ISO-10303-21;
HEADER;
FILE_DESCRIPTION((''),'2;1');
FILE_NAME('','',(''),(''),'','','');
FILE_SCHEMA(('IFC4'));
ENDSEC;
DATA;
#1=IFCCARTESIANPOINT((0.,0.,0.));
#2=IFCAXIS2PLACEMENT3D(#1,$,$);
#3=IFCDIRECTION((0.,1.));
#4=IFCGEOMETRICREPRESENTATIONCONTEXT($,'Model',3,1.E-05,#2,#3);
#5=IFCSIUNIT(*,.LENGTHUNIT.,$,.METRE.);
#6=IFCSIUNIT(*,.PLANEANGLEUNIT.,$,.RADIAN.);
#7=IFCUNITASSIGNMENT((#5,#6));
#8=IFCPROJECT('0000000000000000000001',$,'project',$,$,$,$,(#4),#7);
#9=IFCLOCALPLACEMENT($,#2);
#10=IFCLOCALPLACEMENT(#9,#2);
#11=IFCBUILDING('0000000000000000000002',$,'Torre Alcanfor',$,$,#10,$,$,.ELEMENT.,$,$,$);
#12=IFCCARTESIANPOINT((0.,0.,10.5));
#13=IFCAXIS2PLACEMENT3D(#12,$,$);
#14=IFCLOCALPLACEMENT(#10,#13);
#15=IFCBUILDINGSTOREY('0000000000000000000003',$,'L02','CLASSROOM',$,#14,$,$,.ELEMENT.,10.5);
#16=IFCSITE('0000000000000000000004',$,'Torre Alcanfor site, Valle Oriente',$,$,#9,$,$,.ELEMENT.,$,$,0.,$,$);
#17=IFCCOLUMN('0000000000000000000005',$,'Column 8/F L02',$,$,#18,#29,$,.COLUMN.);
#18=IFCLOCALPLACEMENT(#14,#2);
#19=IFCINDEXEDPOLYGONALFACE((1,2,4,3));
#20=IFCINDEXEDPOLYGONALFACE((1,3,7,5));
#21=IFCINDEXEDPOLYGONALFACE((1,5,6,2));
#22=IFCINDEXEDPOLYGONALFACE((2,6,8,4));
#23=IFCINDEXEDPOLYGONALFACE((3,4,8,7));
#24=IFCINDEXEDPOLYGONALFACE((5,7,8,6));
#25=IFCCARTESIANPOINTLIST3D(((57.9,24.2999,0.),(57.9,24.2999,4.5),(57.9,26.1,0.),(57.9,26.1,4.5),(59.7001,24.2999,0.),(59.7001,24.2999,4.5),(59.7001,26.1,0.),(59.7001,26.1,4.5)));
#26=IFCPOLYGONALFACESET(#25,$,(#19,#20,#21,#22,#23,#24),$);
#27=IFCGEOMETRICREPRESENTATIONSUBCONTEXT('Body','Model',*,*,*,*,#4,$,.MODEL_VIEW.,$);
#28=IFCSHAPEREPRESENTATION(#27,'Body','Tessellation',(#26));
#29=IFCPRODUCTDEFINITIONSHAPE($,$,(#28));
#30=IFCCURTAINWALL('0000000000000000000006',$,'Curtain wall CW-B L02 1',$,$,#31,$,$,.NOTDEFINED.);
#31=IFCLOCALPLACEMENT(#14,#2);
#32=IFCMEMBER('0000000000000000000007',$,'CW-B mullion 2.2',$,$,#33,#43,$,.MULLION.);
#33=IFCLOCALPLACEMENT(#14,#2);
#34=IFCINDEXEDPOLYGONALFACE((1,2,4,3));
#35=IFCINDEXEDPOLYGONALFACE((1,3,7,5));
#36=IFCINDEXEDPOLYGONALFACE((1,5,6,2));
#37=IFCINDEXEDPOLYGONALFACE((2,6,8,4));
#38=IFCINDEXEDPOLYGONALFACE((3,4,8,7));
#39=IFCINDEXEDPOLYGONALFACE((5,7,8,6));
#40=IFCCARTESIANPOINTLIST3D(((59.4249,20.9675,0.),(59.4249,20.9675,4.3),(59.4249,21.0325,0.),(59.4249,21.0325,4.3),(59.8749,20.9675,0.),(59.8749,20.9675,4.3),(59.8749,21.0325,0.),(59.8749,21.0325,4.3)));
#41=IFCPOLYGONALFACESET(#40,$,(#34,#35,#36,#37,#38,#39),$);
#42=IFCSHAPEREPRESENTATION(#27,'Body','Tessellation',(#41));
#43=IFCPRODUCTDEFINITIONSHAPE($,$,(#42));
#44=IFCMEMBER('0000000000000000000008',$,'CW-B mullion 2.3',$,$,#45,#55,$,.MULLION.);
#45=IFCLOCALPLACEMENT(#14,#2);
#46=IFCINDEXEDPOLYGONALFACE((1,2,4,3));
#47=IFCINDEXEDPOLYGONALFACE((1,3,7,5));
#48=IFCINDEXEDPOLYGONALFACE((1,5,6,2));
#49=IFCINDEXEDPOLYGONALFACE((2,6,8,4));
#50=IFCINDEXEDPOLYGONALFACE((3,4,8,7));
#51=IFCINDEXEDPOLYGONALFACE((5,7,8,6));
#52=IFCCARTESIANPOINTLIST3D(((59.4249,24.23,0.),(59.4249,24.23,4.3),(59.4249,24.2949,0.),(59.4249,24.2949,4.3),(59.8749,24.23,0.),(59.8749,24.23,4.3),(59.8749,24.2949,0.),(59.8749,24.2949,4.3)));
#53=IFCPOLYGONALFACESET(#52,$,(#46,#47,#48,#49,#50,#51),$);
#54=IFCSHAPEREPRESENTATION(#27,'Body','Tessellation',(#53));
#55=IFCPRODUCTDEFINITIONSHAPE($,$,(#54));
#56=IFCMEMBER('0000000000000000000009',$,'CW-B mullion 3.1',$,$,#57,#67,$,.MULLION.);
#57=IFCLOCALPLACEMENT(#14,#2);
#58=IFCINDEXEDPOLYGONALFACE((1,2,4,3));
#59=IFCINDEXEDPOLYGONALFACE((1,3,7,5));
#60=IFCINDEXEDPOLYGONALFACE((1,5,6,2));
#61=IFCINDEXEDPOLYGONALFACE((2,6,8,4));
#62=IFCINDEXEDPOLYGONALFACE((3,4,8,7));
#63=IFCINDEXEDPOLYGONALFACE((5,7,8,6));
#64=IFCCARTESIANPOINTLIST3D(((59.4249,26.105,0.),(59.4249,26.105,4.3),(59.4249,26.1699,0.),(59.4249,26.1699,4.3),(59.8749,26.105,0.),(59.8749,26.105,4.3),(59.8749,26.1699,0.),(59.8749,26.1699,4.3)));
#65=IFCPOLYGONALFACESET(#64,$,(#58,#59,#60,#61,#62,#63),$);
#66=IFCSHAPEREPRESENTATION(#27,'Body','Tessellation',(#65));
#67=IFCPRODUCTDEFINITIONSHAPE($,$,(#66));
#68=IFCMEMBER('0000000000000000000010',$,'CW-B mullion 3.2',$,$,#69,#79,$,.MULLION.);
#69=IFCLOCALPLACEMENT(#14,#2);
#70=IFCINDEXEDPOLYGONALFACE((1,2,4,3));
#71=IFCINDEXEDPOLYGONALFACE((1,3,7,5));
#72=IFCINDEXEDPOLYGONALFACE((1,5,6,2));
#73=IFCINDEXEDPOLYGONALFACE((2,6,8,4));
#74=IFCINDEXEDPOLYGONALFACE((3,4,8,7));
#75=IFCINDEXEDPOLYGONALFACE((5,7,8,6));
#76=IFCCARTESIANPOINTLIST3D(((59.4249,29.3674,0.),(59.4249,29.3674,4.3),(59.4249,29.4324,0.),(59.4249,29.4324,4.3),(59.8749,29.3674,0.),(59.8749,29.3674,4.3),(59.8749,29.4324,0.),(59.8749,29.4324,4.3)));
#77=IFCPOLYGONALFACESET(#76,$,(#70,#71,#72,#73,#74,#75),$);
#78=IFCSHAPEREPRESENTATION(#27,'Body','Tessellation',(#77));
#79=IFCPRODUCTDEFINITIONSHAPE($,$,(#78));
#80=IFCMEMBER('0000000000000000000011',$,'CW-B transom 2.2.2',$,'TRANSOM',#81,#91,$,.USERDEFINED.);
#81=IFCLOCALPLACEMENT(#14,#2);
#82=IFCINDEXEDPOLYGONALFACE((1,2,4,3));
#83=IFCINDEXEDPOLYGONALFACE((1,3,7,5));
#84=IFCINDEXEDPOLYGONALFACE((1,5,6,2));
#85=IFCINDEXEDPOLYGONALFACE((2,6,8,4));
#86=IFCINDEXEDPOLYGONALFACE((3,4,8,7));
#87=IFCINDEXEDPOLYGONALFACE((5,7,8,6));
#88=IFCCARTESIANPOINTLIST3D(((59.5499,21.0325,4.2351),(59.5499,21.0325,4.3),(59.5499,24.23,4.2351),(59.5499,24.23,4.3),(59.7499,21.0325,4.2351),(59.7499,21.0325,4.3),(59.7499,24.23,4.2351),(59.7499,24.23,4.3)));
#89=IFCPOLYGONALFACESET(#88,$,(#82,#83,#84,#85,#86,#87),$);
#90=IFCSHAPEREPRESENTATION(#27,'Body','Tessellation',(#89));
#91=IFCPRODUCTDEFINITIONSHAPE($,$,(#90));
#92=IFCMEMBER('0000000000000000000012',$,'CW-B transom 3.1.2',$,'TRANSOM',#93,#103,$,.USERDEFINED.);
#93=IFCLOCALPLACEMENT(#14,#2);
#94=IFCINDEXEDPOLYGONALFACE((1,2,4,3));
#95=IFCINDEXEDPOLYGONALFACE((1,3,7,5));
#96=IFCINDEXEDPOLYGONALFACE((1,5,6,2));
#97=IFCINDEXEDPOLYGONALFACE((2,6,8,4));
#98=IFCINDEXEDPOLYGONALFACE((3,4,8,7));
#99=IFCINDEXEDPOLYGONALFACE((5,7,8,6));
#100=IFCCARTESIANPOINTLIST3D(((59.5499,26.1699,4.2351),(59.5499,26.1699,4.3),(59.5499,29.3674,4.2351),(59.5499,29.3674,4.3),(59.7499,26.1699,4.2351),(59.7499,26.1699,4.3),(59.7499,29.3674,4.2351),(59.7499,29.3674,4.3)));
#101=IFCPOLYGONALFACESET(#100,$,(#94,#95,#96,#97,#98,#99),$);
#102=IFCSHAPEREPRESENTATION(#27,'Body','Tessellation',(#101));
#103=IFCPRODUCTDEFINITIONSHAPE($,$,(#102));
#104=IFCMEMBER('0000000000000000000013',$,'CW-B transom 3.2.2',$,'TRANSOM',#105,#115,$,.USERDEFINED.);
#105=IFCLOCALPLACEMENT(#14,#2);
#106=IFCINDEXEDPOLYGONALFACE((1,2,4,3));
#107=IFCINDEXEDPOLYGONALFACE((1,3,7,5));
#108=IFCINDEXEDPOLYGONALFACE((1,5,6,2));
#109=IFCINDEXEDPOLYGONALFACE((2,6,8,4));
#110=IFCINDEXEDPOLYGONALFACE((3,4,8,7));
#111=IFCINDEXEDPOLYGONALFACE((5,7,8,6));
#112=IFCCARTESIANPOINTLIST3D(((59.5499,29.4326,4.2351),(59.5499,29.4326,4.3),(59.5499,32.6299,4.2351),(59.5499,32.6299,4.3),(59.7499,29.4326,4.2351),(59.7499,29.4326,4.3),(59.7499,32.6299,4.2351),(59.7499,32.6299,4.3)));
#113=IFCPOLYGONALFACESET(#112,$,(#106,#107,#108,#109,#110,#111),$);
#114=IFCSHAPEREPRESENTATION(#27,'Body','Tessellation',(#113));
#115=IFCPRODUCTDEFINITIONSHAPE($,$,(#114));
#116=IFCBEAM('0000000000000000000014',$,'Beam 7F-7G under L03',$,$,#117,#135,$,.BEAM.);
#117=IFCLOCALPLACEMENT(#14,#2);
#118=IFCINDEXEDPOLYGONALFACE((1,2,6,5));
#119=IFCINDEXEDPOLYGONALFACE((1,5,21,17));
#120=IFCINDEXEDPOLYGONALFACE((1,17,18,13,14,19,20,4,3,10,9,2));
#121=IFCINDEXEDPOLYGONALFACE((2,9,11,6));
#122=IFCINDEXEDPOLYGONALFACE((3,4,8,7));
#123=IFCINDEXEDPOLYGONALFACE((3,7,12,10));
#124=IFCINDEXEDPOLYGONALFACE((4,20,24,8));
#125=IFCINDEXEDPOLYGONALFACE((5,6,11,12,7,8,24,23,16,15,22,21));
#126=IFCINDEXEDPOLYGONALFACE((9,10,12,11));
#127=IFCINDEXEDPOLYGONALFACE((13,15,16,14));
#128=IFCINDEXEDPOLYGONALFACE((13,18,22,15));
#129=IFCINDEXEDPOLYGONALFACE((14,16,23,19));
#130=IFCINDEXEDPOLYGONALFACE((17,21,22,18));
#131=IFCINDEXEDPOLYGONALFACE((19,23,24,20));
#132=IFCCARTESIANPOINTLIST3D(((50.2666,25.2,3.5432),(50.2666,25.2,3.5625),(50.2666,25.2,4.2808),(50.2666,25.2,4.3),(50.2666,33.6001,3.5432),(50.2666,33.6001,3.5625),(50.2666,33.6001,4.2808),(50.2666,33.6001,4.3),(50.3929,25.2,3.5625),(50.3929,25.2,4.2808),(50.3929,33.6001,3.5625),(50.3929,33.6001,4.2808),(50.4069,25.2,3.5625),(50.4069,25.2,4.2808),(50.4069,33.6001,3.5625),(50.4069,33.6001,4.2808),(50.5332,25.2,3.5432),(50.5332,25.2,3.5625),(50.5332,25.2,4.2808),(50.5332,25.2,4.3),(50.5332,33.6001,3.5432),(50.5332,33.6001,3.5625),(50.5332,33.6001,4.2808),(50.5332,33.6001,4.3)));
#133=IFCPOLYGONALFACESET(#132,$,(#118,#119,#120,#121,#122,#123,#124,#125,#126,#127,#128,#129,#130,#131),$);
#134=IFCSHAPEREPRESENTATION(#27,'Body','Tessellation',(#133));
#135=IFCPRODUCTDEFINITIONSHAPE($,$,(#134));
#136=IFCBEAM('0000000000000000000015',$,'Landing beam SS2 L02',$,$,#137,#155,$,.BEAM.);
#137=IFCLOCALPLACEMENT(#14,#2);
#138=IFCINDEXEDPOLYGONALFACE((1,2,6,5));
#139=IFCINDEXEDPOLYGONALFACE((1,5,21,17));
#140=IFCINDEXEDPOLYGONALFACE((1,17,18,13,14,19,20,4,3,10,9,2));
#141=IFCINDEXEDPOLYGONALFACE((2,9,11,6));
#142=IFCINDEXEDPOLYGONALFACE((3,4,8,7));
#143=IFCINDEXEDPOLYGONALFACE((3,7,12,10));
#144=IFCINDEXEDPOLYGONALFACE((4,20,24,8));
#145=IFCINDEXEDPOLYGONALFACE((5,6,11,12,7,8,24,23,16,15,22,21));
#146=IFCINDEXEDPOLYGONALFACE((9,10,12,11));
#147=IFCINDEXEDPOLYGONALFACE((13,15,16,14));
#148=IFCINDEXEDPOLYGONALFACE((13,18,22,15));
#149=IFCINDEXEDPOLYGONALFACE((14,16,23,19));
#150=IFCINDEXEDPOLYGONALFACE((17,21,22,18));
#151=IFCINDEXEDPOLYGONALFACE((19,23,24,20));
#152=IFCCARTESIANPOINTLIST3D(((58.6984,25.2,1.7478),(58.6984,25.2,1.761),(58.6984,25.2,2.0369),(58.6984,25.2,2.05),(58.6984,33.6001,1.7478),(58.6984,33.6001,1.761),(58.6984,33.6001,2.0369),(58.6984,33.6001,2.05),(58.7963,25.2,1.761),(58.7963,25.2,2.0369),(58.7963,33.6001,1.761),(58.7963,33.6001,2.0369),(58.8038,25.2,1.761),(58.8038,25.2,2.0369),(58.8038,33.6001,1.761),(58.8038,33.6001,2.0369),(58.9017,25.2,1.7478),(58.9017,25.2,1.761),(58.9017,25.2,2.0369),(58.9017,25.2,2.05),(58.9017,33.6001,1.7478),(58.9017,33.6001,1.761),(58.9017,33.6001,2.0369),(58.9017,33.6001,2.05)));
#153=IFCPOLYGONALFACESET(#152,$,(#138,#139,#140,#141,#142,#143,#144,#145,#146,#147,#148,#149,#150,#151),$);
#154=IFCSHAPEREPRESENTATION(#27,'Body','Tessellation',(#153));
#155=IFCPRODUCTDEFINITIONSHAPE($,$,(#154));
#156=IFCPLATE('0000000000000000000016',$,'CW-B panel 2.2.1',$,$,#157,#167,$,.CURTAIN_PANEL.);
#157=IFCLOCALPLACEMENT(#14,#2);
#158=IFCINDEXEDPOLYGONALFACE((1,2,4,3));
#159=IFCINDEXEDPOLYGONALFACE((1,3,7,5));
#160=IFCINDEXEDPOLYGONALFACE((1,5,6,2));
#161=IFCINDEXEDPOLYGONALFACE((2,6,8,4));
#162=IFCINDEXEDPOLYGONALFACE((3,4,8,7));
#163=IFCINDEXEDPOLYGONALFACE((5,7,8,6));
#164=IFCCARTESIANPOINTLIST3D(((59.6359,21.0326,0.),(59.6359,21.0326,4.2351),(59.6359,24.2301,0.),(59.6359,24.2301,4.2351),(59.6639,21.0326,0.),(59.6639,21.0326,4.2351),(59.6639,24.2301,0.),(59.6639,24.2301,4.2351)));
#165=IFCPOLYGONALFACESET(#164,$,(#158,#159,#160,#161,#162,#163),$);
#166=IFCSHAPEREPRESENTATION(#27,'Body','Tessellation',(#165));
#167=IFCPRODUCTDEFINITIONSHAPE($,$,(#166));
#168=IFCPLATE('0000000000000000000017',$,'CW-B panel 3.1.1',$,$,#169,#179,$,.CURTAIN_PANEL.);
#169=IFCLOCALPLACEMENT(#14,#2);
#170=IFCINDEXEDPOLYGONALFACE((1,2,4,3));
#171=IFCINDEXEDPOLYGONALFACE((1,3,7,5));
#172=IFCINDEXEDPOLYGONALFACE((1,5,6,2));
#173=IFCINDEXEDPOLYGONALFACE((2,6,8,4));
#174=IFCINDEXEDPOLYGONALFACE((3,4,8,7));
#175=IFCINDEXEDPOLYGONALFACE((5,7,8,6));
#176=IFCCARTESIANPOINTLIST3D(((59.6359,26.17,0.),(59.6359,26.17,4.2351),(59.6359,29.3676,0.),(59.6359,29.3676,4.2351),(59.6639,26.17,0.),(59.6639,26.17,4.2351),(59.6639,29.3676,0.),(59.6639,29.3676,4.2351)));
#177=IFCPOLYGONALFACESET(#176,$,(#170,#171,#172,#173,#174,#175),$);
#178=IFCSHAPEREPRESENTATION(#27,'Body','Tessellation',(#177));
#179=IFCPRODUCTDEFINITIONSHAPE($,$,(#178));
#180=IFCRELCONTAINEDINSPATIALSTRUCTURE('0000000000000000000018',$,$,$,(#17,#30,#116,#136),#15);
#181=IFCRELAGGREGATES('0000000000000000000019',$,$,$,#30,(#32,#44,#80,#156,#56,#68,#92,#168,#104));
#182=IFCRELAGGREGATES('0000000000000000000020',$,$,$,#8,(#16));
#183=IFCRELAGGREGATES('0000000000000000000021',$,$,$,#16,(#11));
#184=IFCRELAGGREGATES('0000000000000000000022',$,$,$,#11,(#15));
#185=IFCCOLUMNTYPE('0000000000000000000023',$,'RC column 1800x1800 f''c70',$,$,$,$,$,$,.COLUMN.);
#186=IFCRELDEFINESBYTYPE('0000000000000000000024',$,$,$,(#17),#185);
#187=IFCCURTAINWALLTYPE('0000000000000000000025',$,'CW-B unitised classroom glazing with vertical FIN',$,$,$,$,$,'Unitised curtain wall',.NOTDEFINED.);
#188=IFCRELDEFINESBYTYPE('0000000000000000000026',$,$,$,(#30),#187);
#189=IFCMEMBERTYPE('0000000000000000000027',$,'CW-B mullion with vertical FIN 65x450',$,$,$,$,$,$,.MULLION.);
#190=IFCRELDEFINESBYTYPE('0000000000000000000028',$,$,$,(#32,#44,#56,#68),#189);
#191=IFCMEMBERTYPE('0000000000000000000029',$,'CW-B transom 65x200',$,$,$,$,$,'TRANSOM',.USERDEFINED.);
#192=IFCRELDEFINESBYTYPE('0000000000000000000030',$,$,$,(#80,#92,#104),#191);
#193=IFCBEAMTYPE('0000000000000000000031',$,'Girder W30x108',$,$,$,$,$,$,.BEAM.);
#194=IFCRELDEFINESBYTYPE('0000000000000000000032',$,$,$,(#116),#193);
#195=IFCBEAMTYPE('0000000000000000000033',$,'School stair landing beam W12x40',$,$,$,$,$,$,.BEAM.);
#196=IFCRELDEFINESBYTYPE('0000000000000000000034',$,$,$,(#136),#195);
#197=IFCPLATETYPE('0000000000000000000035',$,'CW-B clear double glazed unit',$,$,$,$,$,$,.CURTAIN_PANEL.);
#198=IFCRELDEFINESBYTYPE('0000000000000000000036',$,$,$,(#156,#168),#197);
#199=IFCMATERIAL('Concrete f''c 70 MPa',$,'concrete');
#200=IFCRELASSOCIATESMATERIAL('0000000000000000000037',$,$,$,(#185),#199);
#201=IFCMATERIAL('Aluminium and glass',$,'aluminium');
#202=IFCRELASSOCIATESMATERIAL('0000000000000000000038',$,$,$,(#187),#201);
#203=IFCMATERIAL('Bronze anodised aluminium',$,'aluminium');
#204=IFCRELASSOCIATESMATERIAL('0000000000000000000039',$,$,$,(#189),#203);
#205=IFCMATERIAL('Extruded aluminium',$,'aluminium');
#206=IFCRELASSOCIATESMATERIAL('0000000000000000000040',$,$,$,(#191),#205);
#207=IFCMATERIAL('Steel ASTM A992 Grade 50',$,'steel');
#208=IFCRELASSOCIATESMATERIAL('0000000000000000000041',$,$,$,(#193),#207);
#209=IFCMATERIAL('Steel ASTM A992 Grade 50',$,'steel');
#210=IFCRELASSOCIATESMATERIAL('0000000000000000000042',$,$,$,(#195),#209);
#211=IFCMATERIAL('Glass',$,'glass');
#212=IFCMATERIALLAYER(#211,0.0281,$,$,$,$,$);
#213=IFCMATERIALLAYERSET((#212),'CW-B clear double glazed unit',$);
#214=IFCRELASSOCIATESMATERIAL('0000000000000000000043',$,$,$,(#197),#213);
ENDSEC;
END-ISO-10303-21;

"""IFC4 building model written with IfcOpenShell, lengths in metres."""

from ifc_helpers import new_model, si_unit, direction, frame, origin, origin_2d, place, context, subcontext, project, spatial, rectangle, i_section, extrude, material, layer, layer_set, material_profile, profile_set, type_object, element, aggregate, save


model = new_model("IFC4")

# Units and contexts
model_context = context("Model", 3, precision=1e-05, world=origin(), true_north=direction((0.0, 1.0)))
body_context = subcontext(model_context, "Body", "Model", "MODEL_VIEW")
ifc_project = project(units=[si_unit("LENGTHUNIT", "METRE"), si_unit("PLANEANGLEUNIT", "RADIAN")], contexts=[model_context])

# Site, building, storey
site_placement = place(None, origin())
site = spatial("IfcSite", under=ifc_project, at=site_placement, Name="Torre Alcanfor site, Valle Oriente", CompositionType="ELEMENT", RefElevation=0.0)
building_placement = place(site_placement, origin())
building = spatial("IfcBuilding", under=site, at=building_placement, Name="Torre Alcanfor", CompositionType="ELEMENT")
storey_placement = place(building_placement, frame((0.0, 0.0, 10.5)))
storey = spatial("IfcBuildingStorey", under=building, at=storey_placement, Name="L02", Description="CLASSROOM", CompositionType="ELEMENT", Elevation=10.5)

# Column
ifc_material_1 = material(Name="Concrete f'c 70 MPa", Category="concrete")
ifc_material_profile_1 = material_profile(ifc_material_1, rectangle(XDim=1.8, YDim=1.8, at=origin_2d()), Name="1800x1800")
ifc_profile_set_1 = profile_set([ifc_material_profile_1], Name="Concrete f'c 70 MPa")
column_type = type_object("IfcColumnType", Name="RC column 1800x1800 f'c70", PredefinedType="COLUMN", material=ifc_profile_set_1)
column_placement = place(storey_placement, frame((58.8, 25.2, 0.0), z_axis=(0.0, 0.0, 1.0), x_axis=(1.0, 0.0, 0.0)))
element("IfcColumn", 1, at=column_placement, inside=storey, type_object=column_type, Name="Column 8/F L02", PredefinedType="COLUMN", context=body_context, shape_type="SweptSolid", body=[
    extrude(rectangle(XDim=1.8, YDim=1.8, at=origin_2d()), origin(), (0.0, 0.0, 1.0), 4.5),
])

# Curtain wall, members
ifc_material_2 = material(Name="Aluminium and glass", Category="aluminium")
curtain_wall_type = type_object("IfcCurtainWallType", Name="CW-B unitised classroom glazing with vertical FIN", ElementType="Unitised curtain wall", PredefinedType="NOTDEFINED", material=ifc_material_2)
curtain_wall_placement = place(storey_placement, origin())
curtain_wall = element("IfcCurtainWall", 2, at=curtain_wall_placement, inside=storey, type_object=curtain_wall_type, Name="Curtain wall CW-B L02 1", PredefinedType="NOTDEFINED")
ifc_material_3 = material(Name="Bronze anodised aluminium", Category="aluminium")
ifc_material_profile_2 = material_profile(ifc_material_3, rectangle(XDim=0.45, YDim=0.0649, at=origin_2d()), Name="CW-B mullion 65x450")
ifc_profile_set_2 = profile_set([ifc_material_profile_2], Name="Bronze anodised aluminium")
member_type_1 = type_object("IfcMemberType", Name="CW-B mullion with vertical FIN 65x450", PredefinedType="MULLION", material=ifc_profile_set_2)
member_1_placement = place(storey_placement, frame((59.6499, 21.0, 0.0), z_axis=(0.0, 0.0, 1.0), x_axis=(-1.0, 0.0, 0.0)))
member_1 = element("IfcMember", 3, at=member_1_placement, type_object=member_type_1, Name="CW-B mullion 2.2", PredefinedType="MULLION", context=body_context, shape_type="SweptSolid", body=[
    extrude(rectangle(XDim=0.45, YDim=0.0649, at=origin_2d()), origin(), (0.0, 0.0, 1.0), 4.3),
])
member_2_placement = place(storey_placement, frame((59.6499, 24.2625, 0.0), z_axis=(0.0, 0.0, 1.0), x_axis=(-1.0, 0.0, 0.0)))
member_2 = element("IfcMember", 4, at=member_2_placement, type_object=member_type_1, Name="CW-B mullion 2.3", PredefinedType="MULLION", context=body_context, shape_type="SweptSolid", body=[
    extrude(rectangle(XDim=0.45, YDim=0.0649, at=origin_2d()), origin(), (0.0, 0.0, 1.0), 4.3),
])
member_3_placement = place(storey_placement, frame((59.6499, 26.1375, 0.0), z_axis=(0.0, 0.0, 1.0), x_axis=(-1.0, 0.0, 0.0)))
member_3 = element("IfcMember", 5, at=member_3_placement, type_object=member_type_1, Name="CW-B mullion 3.1", PredefinedType="MULLION", context=body_context, shape_type="SweptSolid", body=[
    extrude(rectangle(XDim=0.45, YDim=0.0649, at=origin_2d()), origin(), (0.0, 0.0, 1.0), 4.3),
])
member_4_placement = place(storey_placement, frame((59.6499, 29.3999, 0.0), z_axis=(0.0, 0.0, 1.0), x_axis=(-1.0, 0.0, 0.0)))
member_4 = element("IfcMember", 6, at=member_4_placement, type_object=member_type_1, Name="CW-B mullion 3.2", PredefinedType="MULLION", context=body_context, shape_type="SweptSolid", body=[
    extrude(rectangle(XDim=0.45, YDim=0.0649, at=origin_2d()), origin(), (0.0, 0.0, 1.0), 4.3),
])
ifc_material_4 = material(Name="Extruded aluminium", Category="aluminium")
ifc_material_profile_3 = material_profile(ifc_material_4, rectangle(XDim=0.2, YDim=0.0649, at=origin_2d()), Name="CW-B transom 200x65")
ifc_profile_set_3 = profile_set([ifc_material_profile_3], Name="Extruded aluminium")
member_type_2 = type_object("IfcMemberType", Name="CW-B transom 65x200", ElementType="TRANSOM", PredefinedType="USERDEFINED", material=ifc_profile_set_3)
member_5_placement = place(storey_placement, frame((59.6499, 21.0325, 4.2676), z_axis=(0.0, 1.0, 0.0), x_axis=(-1.0, 0.0, 0.0)))
member_5 = element("IfcMember", 7, at=member_5_placement, type_object=member_type_2, Name="CW-B transom 2.2.2", ObjectType="TRANSOM", PredefinedType="USERDEFINED", context=body_context, shape_type="SweptSolid", body=[
    extrude(rectangle(XDim=0.2, YDim=0.0649, at=origin_2d()), origin(), (0.0, 0.0, 1.0), 3.1975),
])
member_6_placement = place(storey_placement, frame((59.6499, 26.1699, 4.2676), z_axis=(0.0, 1.0, 0.0), x_axis=(-1.0, 0.0, 0.0)))
member_6 = element("IfcMember", 8, at=member_6_placement, type_object=member_type_2, Name="CW-B transom 3.1.2", ObjectType="TRANSOM", PredefinedType="USERDEFINED", context=body_context, shape_type="SweptSolid", body=[
    extrude(rectangle(XDim=0.2, YDim=0.0649, at=origin_2d()), origin(), (0.0, 0.0, 1.0), 3.1975),
])
member_7_placement = place(storey_placement, frame((59.6499, 29.4326, 4.2676), z_axis=(0.0, 1.0, 0.0), x_axis=(-1.0, 0.0, 0.0)))
member_7 = element("IfcMember", 9, at=member_7_placement, type_object=member_type_2, Name="CW-B transom 3.2.2", ObjectType="TRANSOM", PredefinedType="USERDEFINED", context=body_context, shape_type="SweptSolid", body=[
    extrude(rectangle(XDim=0.2, YDim=0.0649, at=origin_2d()), origin(), (0.0, 0.0, 1.0), 3.1973),
])

# Beams
ifc_material_5 = material(Name="Steel ASTM A992 Grade 50", Category="steel")
ifc_material_profile_4 = material_profile(ifc_material_5, i_section(OverallWidth=0.2666, OverallDepth=0.7568, WebThickness=0.0139, FlangeThickness=0.0193, at=origin_2d()), Name="W30x108")
ifc_profile_set_4 = profile_set([ifc_material_profile_4], Name="Steel ASTM A992 Grade 50")
beam_type_1 = type_object("IfcBeamType", Name="Girder W30x108", PredefinedType="BEAM", material=ifc_profile_set_4)
beam_1_placement = place(storey_placement, frame((50.3999, 25.2, 3.9216), z_axis=(0.0, 1.0, 0.0), x_axis=(-1.0, 0.0, 0.0)))
element("IfcBeam", 10, at=beam_1_placement, inside=storey, type_object=beam_type_1, Name="Beam 7F-7G under L03", PredefinedType="BEAM", context=body_context, shape_type="SweptSolid", body=[
    extrude(i_section(OverallWidth=0.2666, OverallDepth=0.7568, WebThickness=0.0139, FlangeThickness=0.0193, at=origin_2d()), origin(), (0.0, 0.0, 1.0), 8.4001),
])
ifc_material_6 = material(Name="Steel ASTM A992 Grade 50", Category="steel")
ifc_material_profile_5 = material_profile(ifc_material_6, i_section(OverallWidth=0.2034, OverallDepth=0.3022, WebThickness=0.0076, FlangeThickness=0.0132, at=origin_2d()), Name="W12x40")
ifc_profile_set_5 = profile_set([ifc_material_profile_5], Name="Steel ASTM A992 Grade 50")
beam_type_2 = type_object("IfcBeamType", Name="School stair landing beam W12x40", PredefinedType="BEAM", material=ifc_profile_set_5)
beam_2_placement = place(storey_placement, frame((58.8, 25.2, 1.8989), z_axis=(0.0, 1.0, 0.0), x_axis=(-1.0, 0.0, 0.0)))
element("IfcBeam", 11, at=beam_2_placement, inside=storey, type_object=beam_type_2, Name="Landing beam SS2 L02", PredefinedType="BEAM", context=body_context, shape_type="SweptSolid", body=[
    extrude(i_section(OverallWidth=0.2034, OverallDepth=0.3022, WebThickness=0.0076, FlangeThickness=0.0132, at=origin_2d()), origin(), (0.0, 0.0, 1.0), 8.4001),
])

# Plates
ifc_material_7 = material(Name="Glass", Category="glass")
ifc_layer_1 = layer(ifc_material_7, 0.0281)
ifc_layer_set_1 = layer_set([ifc_layer_1], Name="CW-B clear double glazed unit")
plate_type = type_object("IfcPlateType", Name="CW-B clear double glazed unit", PredefinedType="CURTAIN_PANEL", material=ifc_layer_set_1)
plate_1_placement = place(storey_placement, frame((59.6499, 22.6313, 0.0), z_axis=(0.0, 0.0, 1.0), x_axis=(0.0, 1.0, 0.0)))
plate_1 = element("IfcPlate", 12, at=plate_1_placement, type_object=plate_type, Name="CW-B panel 2.2.1", PredefinedType="CURTAIN_PANEL", context=body_context, shape_type="SweptSolid", body=[
    extrude(rectangle(XDim=3.1975, YDim=0.0281, at=origin_2d()), origin(), (0.0, 0.0, 1.0), 4.2351),
])
plate_2_placement = place(storey_placement, frame((59.6499, 27.7688, 0.0), z_axis=(0.0, 0.0, 1.0), x_axis=(0.0, 1.0, 0.0)))
plate_2 = element("IfcPlate", 13, at=plate_2_placement, type_object=plate_type, Name="CW-B panel 3.1.1", PredefinedType="CURTAIN_PANEL", context=body_context, shape_type="SweptSolid", body=[
    extrude(rectangle(XDim=3.1975, YDim=0.0281, at=origin_2d()), origin(), (0.0, 0.0, 1.0), 4.2351),
])
aggregate(curtain_wall, [member_1, member_2, member_5, plate_1, member_3, member_4, member_6, plate_2, member_7])

save(model, "model.ifc")
